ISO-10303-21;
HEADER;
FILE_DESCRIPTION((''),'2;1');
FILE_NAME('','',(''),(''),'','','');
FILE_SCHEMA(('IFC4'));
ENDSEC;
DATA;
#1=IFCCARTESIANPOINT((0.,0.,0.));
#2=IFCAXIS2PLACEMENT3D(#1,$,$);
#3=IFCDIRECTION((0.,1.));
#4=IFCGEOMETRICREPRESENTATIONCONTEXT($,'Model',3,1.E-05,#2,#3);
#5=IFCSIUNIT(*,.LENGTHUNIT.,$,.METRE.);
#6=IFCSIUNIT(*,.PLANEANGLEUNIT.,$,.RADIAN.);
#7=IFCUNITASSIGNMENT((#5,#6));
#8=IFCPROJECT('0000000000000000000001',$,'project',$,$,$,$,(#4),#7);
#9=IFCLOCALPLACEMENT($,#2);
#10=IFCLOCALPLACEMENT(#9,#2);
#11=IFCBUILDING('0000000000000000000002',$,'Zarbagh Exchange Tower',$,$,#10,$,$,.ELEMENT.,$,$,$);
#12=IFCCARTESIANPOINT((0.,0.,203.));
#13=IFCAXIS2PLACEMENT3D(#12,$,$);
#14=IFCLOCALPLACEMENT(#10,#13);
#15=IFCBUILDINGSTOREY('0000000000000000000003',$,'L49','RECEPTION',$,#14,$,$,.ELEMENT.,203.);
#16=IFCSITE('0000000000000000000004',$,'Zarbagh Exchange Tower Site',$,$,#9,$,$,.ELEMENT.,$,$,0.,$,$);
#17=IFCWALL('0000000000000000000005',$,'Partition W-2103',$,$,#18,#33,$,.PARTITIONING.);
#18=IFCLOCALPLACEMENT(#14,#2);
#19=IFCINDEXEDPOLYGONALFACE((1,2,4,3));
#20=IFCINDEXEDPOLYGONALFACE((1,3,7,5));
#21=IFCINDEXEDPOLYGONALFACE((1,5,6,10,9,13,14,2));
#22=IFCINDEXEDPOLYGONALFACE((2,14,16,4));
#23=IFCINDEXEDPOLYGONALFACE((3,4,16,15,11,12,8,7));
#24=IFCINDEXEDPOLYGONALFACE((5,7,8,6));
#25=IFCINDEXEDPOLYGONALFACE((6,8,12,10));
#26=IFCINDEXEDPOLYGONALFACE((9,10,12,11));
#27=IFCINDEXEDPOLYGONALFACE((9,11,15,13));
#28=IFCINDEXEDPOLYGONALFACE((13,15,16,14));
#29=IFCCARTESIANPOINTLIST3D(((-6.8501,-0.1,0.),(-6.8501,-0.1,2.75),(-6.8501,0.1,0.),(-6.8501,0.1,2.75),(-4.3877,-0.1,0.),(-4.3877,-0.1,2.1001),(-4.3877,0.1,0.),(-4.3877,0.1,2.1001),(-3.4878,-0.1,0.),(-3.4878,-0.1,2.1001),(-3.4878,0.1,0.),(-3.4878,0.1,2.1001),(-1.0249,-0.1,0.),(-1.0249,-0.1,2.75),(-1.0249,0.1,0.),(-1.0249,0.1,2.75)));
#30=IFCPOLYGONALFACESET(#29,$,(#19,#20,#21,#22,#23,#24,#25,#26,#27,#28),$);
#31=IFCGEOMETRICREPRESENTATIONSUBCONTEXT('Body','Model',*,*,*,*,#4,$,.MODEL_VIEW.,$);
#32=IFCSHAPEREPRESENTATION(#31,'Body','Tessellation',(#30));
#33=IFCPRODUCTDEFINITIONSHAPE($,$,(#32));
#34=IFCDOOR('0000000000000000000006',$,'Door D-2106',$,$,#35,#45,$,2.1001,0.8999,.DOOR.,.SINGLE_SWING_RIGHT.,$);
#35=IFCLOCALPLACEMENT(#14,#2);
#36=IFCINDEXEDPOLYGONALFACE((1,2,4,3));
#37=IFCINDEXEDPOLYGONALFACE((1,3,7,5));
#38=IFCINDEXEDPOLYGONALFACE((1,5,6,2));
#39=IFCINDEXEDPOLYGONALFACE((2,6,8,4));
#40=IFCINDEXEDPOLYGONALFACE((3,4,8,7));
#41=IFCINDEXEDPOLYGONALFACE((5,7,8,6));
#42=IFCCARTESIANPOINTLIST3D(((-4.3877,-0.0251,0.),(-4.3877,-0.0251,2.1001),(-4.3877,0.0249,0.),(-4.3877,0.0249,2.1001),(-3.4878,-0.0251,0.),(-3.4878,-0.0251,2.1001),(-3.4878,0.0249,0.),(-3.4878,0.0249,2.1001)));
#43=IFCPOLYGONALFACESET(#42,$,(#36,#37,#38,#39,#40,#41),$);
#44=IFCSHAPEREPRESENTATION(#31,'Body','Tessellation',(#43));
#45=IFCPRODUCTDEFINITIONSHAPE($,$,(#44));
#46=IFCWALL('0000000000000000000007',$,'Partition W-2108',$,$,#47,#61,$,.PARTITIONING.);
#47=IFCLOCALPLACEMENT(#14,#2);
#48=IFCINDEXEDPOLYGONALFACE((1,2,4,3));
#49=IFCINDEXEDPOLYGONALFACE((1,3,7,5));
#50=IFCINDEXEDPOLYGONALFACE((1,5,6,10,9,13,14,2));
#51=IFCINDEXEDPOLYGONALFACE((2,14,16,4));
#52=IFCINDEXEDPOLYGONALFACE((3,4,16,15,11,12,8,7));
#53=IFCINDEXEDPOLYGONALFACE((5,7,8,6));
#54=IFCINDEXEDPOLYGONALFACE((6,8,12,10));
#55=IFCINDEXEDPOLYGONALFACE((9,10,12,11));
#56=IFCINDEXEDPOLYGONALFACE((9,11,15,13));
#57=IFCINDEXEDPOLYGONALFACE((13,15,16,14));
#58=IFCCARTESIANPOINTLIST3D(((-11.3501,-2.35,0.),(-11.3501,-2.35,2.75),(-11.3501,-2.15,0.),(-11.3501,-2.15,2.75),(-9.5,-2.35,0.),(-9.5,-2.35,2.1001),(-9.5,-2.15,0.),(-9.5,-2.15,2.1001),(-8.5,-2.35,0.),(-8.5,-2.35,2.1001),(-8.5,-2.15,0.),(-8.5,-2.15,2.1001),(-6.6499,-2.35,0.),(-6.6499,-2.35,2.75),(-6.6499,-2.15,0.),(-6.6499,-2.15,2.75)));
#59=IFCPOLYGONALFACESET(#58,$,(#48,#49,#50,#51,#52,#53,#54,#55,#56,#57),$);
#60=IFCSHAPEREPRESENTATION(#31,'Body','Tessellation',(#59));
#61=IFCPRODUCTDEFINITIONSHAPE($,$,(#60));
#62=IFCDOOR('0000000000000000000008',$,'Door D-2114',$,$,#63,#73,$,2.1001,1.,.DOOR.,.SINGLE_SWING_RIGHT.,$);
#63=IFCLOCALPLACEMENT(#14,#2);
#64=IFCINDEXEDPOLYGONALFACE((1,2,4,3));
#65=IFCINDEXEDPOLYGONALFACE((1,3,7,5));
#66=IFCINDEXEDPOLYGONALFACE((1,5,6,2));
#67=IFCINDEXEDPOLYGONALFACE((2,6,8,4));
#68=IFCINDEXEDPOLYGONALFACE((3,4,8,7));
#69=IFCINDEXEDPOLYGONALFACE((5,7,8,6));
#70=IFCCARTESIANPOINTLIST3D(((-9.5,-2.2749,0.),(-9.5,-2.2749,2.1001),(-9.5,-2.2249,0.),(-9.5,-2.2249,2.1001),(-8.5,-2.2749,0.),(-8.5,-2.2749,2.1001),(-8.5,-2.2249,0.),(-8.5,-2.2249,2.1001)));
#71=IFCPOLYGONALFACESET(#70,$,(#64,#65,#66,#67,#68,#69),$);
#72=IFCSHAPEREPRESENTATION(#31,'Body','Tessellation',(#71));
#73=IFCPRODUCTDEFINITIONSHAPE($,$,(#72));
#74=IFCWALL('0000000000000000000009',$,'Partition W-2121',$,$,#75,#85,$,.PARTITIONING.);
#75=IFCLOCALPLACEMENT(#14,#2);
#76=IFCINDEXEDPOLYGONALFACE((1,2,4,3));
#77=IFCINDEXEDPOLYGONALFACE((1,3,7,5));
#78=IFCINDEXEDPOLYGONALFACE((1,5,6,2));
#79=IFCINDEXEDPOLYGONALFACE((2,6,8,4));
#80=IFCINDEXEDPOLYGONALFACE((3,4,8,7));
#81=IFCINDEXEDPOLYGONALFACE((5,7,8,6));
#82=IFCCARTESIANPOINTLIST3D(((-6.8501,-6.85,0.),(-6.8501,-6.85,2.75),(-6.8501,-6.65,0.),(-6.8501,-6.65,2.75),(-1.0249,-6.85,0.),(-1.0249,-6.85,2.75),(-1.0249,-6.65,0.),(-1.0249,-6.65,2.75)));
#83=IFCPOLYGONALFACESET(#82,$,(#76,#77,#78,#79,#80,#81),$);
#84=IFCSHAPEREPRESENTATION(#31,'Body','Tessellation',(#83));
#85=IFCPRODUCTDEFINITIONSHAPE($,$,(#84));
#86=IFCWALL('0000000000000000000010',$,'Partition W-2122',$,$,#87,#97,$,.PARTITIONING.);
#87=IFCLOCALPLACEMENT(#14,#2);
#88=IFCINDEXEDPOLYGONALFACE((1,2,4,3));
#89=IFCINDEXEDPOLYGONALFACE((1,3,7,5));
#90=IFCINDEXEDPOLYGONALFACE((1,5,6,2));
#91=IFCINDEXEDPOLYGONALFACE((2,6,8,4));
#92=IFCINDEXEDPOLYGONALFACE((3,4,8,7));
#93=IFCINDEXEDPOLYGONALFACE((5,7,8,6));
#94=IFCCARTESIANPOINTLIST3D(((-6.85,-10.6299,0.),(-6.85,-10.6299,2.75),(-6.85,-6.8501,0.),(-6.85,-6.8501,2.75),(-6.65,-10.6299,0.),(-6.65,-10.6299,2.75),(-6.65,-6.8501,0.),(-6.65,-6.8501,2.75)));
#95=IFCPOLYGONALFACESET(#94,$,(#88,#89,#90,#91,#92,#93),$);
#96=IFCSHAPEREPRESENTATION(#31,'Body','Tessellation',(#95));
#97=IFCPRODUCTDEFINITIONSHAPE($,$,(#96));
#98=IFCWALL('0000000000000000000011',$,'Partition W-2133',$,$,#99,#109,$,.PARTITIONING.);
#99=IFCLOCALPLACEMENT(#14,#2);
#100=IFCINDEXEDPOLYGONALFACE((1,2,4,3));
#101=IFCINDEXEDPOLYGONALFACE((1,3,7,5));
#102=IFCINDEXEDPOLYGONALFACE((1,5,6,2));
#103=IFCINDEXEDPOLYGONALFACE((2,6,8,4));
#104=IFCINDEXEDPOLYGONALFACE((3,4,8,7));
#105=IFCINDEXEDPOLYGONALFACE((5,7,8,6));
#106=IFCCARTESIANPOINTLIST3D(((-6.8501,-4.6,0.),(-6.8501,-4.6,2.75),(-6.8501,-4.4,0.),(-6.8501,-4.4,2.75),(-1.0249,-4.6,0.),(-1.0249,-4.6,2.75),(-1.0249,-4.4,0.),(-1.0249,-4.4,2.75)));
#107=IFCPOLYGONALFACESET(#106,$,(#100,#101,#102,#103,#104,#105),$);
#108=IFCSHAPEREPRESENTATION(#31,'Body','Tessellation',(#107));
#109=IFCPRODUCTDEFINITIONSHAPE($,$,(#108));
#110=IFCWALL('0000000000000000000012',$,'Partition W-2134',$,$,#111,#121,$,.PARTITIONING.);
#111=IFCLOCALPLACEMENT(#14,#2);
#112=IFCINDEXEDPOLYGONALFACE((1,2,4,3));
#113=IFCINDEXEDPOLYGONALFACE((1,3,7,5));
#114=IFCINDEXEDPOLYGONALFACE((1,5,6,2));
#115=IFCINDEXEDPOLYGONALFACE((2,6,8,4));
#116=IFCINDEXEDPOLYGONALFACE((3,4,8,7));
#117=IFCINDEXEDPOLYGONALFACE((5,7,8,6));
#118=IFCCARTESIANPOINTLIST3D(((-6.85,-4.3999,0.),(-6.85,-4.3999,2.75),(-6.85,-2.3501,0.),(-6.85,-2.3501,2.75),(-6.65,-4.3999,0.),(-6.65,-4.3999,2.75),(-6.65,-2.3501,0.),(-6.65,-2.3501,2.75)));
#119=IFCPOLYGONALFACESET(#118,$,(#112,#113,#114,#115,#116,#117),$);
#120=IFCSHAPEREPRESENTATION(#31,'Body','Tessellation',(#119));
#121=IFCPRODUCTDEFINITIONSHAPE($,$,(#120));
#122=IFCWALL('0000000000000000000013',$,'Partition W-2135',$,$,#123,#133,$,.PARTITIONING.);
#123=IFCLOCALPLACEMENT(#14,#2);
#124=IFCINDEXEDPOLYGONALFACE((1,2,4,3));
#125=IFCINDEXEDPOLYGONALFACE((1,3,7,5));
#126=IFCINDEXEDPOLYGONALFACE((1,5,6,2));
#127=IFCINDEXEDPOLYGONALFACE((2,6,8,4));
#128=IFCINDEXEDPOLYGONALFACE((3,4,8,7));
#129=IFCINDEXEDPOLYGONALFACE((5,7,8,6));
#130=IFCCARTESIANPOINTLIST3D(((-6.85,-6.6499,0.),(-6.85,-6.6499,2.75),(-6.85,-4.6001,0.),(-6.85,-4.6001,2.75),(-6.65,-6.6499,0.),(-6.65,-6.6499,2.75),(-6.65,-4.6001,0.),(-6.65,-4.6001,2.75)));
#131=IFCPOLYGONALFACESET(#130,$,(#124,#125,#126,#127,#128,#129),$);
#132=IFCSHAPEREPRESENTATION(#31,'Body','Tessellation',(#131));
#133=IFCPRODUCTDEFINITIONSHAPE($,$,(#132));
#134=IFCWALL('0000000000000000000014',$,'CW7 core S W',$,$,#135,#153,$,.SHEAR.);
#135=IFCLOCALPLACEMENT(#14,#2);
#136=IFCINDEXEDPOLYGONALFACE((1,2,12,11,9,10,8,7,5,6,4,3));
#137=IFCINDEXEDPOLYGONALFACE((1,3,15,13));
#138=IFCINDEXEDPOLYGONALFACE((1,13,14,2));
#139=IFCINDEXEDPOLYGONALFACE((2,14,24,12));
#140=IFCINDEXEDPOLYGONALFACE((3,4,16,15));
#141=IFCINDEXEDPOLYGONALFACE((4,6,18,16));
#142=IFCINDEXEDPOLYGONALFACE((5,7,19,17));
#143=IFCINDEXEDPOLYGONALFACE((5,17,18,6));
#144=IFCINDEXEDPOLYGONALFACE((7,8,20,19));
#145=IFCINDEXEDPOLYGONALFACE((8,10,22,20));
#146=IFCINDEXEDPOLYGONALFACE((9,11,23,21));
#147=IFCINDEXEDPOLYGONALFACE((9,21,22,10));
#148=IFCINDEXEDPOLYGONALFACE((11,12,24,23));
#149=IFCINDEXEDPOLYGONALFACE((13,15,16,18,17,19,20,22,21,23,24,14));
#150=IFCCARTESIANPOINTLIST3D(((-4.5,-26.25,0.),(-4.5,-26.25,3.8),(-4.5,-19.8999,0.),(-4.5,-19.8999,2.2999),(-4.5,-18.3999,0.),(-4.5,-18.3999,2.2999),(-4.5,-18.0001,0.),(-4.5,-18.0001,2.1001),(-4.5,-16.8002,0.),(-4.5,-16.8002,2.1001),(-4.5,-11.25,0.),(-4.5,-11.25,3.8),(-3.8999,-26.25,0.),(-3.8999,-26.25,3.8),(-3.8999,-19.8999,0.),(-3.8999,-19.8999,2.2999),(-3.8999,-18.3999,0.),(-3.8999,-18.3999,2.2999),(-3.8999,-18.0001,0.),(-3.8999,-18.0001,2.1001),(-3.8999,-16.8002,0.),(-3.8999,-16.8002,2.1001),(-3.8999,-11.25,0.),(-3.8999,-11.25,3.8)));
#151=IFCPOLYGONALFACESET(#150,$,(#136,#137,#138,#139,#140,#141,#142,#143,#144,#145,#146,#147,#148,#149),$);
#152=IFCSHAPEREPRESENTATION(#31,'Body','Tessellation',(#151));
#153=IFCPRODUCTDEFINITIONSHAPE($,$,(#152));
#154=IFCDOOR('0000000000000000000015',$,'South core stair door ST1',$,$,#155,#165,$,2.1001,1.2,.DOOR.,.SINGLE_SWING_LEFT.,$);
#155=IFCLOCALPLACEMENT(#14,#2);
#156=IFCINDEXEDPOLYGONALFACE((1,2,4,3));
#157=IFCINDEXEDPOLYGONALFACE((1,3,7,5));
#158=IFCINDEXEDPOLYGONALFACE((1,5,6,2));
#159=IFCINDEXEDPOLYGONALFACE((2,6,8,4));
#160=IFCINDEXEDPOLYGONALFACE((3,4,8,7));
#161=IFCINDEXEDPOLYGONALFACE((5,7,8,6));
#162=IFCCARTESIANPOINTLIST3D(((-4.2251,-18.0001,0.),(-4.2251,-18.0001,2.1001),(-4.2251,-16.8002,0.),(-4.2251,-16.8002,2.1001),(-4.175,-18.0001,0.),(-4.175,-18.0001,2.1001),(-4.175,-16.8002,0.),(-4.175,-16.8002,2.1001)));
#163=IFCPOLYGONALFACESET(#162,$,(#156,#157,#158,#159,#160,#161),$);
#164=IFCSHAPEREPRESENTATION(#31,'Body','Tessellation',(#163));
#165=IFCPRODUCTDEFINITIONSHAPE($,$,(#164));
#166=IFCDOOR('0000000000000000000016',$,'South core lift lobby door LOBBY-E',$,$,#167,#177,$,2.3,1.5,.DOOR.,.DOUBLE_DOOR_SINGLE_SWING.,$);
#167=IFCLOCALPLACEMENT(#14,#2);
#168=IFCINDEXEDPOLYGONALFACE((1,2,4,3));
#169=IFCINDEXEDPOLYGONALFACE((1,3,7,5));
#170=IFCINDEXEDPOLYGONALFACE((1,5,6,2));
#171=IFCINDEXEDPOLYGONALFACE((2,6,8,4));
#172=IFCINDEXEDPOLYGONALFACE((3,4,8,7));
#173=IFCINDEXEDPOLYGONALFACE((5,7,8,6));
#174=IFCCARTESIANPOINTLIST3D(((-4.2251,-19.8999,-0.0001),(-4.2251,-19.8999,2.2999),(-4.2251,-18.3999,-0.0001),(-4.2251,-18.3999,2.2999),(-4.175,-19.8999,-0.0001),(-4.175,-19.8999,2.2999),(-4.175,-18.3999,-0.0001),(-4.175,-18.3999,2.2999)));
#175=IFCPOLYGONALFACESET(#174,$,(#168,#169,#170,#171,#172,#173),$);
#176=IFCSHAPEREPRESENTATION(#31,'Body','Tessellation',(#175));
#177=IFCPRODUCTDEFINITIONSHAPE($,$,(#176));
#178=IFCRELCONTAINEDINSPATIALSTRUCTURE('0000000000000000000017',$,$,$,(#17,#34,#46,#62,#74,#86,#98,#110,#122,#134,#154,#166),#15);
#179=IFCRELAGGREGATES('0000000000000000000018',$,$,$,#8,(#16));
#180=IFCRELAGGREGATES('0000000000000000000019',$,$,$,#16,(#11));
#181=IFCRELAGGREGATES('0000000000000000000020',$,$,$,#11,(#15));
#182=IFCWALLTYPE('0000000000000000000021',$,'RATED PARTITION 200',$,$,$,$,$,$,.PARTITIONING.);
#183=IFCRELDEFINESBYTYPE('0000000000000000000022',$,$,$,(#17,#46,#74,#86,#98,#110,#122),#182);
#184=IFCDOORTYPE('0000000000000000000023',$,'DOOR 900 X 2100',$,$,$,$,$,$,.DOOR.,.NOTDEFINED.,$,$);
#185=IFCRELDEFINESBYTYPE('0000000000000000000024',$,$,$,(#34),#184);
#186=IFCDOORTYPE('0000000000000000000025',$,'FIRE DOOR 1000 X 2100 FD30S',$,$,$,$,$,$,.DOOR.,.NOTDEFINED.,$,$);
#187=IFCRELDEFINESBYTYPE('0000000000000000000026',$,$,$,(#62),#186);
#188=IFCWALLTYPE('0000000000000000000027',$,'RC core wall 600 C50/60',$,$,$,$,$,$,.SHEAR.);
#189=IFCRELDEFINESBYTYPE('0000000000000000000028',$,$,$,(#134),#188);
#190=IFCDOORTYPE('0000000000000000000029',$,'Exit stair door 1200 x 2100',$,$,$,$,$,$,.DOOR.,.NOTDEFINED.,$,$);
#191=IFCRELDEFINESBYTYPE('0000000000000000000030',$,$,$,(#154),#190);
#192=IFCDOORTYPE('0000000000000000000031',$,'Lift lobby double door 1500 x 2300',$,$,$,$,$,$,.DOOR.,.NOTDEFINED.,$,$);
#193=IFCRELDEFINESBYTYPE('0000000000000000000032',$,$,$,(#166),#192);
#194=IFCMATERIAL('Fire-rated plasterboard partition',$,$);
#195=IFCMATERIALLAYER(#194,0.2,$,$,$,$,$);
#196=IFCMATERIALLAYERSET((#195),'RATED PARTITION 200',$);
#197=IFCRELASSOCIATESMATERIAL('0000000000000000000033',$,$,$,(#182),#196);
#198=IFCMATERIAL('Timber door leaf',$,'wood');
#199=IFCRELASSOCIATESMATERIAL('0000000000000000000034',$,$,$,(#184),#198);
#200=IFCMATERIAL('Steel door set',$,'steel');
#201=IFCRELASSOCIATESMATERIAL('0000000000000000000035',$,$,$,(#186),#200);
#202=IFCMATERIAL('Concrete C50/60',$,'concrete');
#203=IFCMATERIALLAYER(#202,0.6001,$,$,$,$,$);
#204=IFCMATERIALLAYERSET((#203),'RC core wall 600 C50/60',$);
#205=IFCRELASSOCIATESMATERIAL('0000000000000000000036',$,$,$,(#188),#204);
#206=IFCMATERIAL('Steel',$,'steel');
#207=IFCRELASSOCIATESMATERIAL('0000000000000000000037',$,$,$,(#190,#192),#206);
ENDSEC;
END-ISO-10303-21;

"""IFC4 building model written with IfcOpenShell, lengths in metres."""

from ifc_helpers import new_model, si_unit, direction, frame, frame_2d, origin, place, context, subcontext, project, spatial, rectangle, extrude, material, layer, layer_set, type_object, element, fill, save


model = new_model("IFC4")

# Units and contexts
model_context = context("Model", 3, precision=1e-05, world=origin(), true_north=direction((0.0, 1.0)))
body_context = subcontext(model_context, "Body", "Model", "MODEL_VIEW")
ifc_project = project(units=[si_unit("LENGTHUNIT", "METRE"), si_unit("PLANEANGLEUNIT", "RADIAN")], contexts=[model_context])

# Site, building, storey
site_placement = place(None, origin())
site = spatial("IfcSite", under=ifc_project, at=site_placement, Name="Zarbagh Exchange Tower Site", CompositionType="ELEMENT", RefElevation=0.0)
building_placement = place(site_placement, origin())
building = spatial("IfcBuilding", under=site, at=building_placement, Name="Zarbagh Exchange Tower", CompositionType="ELEMENT")
storey_placement = place(building_placement, frame((0.0, 0.0, 203.0)))
storey = spatial("IfcBuildingStorey", under=building, at=storey_placement, Name="L49", Description="RECEPTION", CompositionType="ELEMENT", Elevation=203.0)

# Shared definitions
ifc_material_1 = material(Name="Concrete C50/60", Category="concrete")

# Walls, openings, doors
ifc_material_2 = material(Name="Fire-rated plasterboard partition")
ifc_layer_1 = layer(ifc_material_2, 0.2)
ifc_layer_set_1 = layer_set([ifc_layer_1], Name="RATED PARTITION 200")
wall_type_1 = type_object("IfcWallType", Name="RATED PARTITION 200", PredefinedType="PARTITIONING", material=ifc_layer_set_1)
wall_1_placement = place(storey_placement, frame((-6.8501, 0.0, 0.0), z_axis=(0.0, 0.0, 1.0), x_axis=(1.0, 0.0, 0.0)))
wall_1 = element("IfcWall", 1, at=wall_1_placement, inside=storey, type_object=wall_type_1, Name="Partition W-2103", PredefinedType="PARTITIONING", context=body_context, shape_type="SweptSolid", body=[
    extrude(rectangle(XDim=5.8252, YDim=0.2, at=frame_2d((2.9126, 0.0))), origin(), (0.0, 0.0, 1.0), 2.75),
])
opening_1_placement = place(wall_1_placement, frame((2.4624, 0.0, 0.0)))
opening_1 = element("IfcOpeningElement", 2, at=opening_1_placement, cuts=wall_1, PredefinedType="OPENING", context=body_context, shape_type="SweptSolid", body=[
    extrude(rectangle(XDim=0.8999, YDim=2.1001, at=frame_2d((0.45, 1.05))), frame((0.0, 0.1099, 0.0), z_axis=(0.0, -1.0, 0.0), x_axis=(1.0, 0.0, 0.0)), (0.0, 0.0, 1.0), 0.22),
])
ifc_material_3 = material(Name="Timber door leaf", Category="wood")
door_type_1 = type_object("IfcDoorType", Name="DOOR 900 X 2100", OperationType="NOTDEFINED", PredefinedType="DOOR", material=ifc_material_3)
door_1_placement = place(opening_1_placement, origin())
door_1 = element("IfcDoor", 3, at=door_1_placement, inside=storey, type_object=door_type_1, Name="Door D-2106", OperationType="SINGLE_SWING_RIGHT", OverallHeight=2.1001, OverallWidth=0.8999, PredefinedType="DOOR", context=body_context, shape_type="SweptSolid", body=[
    extrude(rectangle(XDim=0.8999, YDim=2.1001, at=frame_2d((0.45, 1.05))), frame((0.0, 0.0249, 0.0), z_axis=(0.0, -1.0, 0.0), x_axis=(1.0, 0.0, 0.0)), (0.0, 0.0, 1.0), 0.05),
])
fill(opening_1, door_1)
wall_2_placement = place(storey_placement, frame((-6.6499, -2.25, 0.0), z_axis=(0.0, 0.0, 1.0), x_axis=(-1.0, 0.0, 0.0)))
wall_2 = element("IfcWall", 4, at=wall_2_placement, inside=storey, type_object=wall_type_1, Name="Partition W-2108", PredefinedType="PARTITIONING", context=body_context, shape_type="SweptSolid", body=[
    extrude(rectangle(XDim=4.7002, YDim=0.2, at=frame_2d((2.3501, 0.0))), origin(), (0.0, 0.0, 1.0), 2.75),
])
opening_2_placement = place(wall_2_placement, frame((1.8501, 0.0, 0.0)))
opening_2 = element("IfcOpeningElement", 5, at=opening_2_placement, cuts=wall_2, PredefinedType="OPENING", context=body_context, shape_type="SweptSolid", body=[
    extrude(rectangle(XDim=1.0, YDim=2.1001, at=frame_2d((0.5, 1.05))), frame((0.0, 0.1099, 0.0), z_axis=(0.0, -1.0, 0.0), x_axis=(1.0, 0.0, 0.0)), (0.0, 0.0, 1.0), 0.22),
])
ifc_material_4 = material(Name="Steel door set", Category="steel")
door_type_2 = type_object("IfcDoorType", Name="FIRE DOOR 1000 X 2100 FD30S", OperationType="NOTDEFINED", PredefinedType="DOOR", material=ifc_material_4)
door_2_placement = place(opening_2_placement, origin())
door_2 = element("IfcDoor", 6, at=door_2_placement, inside=storey, type_object=door_type_2, Name="Door D-2114", OperationType="SINGLE_SWING_RIGHT", OverallHeight=2.1001, OverallWidth=1.0, PredefinedType="DOOR", context=body_context, shape_type="SweptSolid", body=[
    extrude(rectangle(XDim=1.0, YDim=2.1001, at=frame_2d((0.5, 1.05))), frame((0.0, 0.0249, 0.0), z_axis=(0.0, -1.0, 0.0), x_axis=(1.0, 0.0, 0.0)), (0.0, 0.0, 1.0), 0.05),
])
fill(opening_2, door_2)

# Walls
wall_3_placement = place(storey_placement, frame((-6.8501, -6.75, 0.0), z_axis=(0.0, 0.0, 1.0), x_axis=(1.0, 0.0, 0.0)))
element("IfcWall", 7, at=wall_3_placement, inside=storey, type_object=wall_type_1, Name="Partition W-2121", PredefinedType="PARTITIONING", context=body_context, shape_type="SweptSolid", body=[
    extrude(rectangle(XDim=5.8252, YDim=0.2, at=frame_2d((2.9126, 0.0))), origin(), (0.0, 0.0, 1.0), 2.75),
])
wall_4_placement = place(storey_placement, frame((-6.75, -10.6299, 0.0), z_axis=(0.0, 0.0, 1.0), x_axis=(0.0, 1.0, 0.0)))
element("IfcWall", 8, at=wall_4_placement, inside=storey, type_object=wall_type_1, Name="Partition W-2122", PredefinedType="PARTITIONING", context=body_context, shape_type="SweptSolid", body=[
    extrude(rectangle(XDim=3.7798, YDim=0.2, at=frame_2d((1.8899, 0.0))), origin(), (0.0, 0.0, 1.0), 2.75),
])
wall_5_placement = place(storey_placement, frame((-6.8501, -4.5, 0.0), z_axis=(0.0, 0.0, 1.0), x_axis=(1.0, 0.0, 0.0)))
element("IfcWall", 9, at=wall_5_placement, inside=storey, type_object=wall_type_1, Name="Partition W-2133", PredefinedType="PARTITIONING", context=body_context, shape_type="SweptSolid", body=[
    extrude(rectangle(XDim=5.8252, YDim=0.2, at=frame_2d((2.9126, 0.0))), origin(), (0.0, 0.0, 1.0), 2.75),
])
for number, where, z_axis, x_axis, name in (
    (10, (-6.75, -4.3999, 0.0), (0.0, 0.0, 1.0), (0.0, 1.0, 0.0), "Partition W-2134"),
    (11, (-6.75, -6.6499, 0.0), (0.0, 0.0, 1.0), (0.0, 1.0, 0.0), "Partition W-2135"),
):
    element("IfcWall", number, at=place(storey_placement, frame(where, z_axis=z_axis, x_axis=x_axis)), inside=storey, type_object=wall_type_1, Name=name, PredefinedType="PARTITIONING", context=body_context, shape_type="SweptSolid", body=[
        extrude(rectangle(XDim=2.0498, YDim=0.2, at=frame_2d((1.0249, 0.0))), origin(), (0.0, 0.0, 1.0), 2.75),
    ])

# Wall, openings, doors
ifc_layer_2 = layer(ifc_material_1, 0.6001)
ifc_layer_set_2 = layer_set([ifc_layer_2], Name="RC core wall 600 C50/60")
wall_type_2 = type_object("IfcWallType", Name="RC core wall 600 C50/60", PredefinedType="SHEAR", material=ifc_layer_set_2)
wall_6_placement = place(storey_placement, frame((-4.2, -11.25, 0.0), z_axis=(0.0, 0.0, 1.0), x_axis=(0.0, -1.0, 0.0)))
wall_6 = element("IfcWall", 12, at=wall_6_placement, inside=storey, type_object=wall_type_2, Name="CW7 core S W", PredefinedType="SHEAR", context=body_context, shape_type="SweptSolid", body=[
    extrude(rectangle(XDim=15.0, YDim=0.6001, at=frame_2d((7.5, 0.0))), origin(), (0.0, 0.0, 1.0), 3.8),
])
opening_3_placement = place(wall_6_placement, frame((7.1499, 0.0, 0.0)))
opening_3 = element("IfcOpeningElement", 13, at=opening_3_placement, cuts=wall_6, PredefinedType="OPENING", context=body_context, shape_type="SweptSolid", body=[
    extrude(rectangle(XDim=1.5, YDim=2.3, at=frame_2d((0.75, 1.1499))), frame((0.0, 0.3101, 0.0), z_axis=(0.0, -1.0, 0.0), x_axis=(1.0, 0.0, 0.0)), (0.0, 0.0, 1.0), 0.6201),
])
opening_4_placement = place(wall_6_placement, frame((5.55, 0.0, 0.0)))
opening_4 = element("IfcOpeningElement", 14, at=opening_4_placement, cuts=wall_6, PredefinedType="OPENING", context=body_context, shape_type="SweptSolid", body=[
    extrude(rectangle(XDim=1.2, YDim=2.1001, at=frame_2d((0.6001, 1.05))), frame((0.0, 0.3101, 0.0), z_axis=(0.0, -1.0, 0.0), x_axis=(1.0, 0.0, 0.0)), (0.0, 0.0, 1.0), 0.6201),
])
ifc_material_5 = material(Name="Steel", Category="steel")
door_type_3 = type_object("IfcDoorType", Name="Exit stair door 1200 x 2100", OperationType="NOTDEFINED", PredefinedType="DOOR", material=ifc_material_5)
door_3_placement = place(opening_4_placement, origin())
door_3 = element("IfcDoor", 15, at=door_3_placement, inside=storey, type_object=door_type_3, Name="South core stair door ST1", OperationType="SINGLE_SWING_LEFT", OverallHeight=2.1001, OverallWidth=1.2, PredefinedType="DOOR", context=body_context, shape_type="SweptSolid", body=[
    extrude(rectangle(XDim=1.2, YDim=2.1001, at=frame_2d((0.6001, 1.05))), frame((0.0, 0.0249, 0.0), z_axis=(0.0, -1.0, 0.0), x_axis=(1.0, 0.0, 0.0)), (0.0, 0.0, 1.0), 0.05),
])
fill(opening_4, door_3)
door_type_4 = type_object("IfcDoorType", Name="Lift lobby double door 1500 x 2300", OperationType="NOTDEFINED", PredefinedType="DOOR", material=ifc_material_5)
door_4_placement = place(opening_3_placement, origin())
door_4 = element("IfcDoor", 16, at=door_4_placement, inside=storey, type_object=door_type_4, Name="South core lift lobby door LOBBY-E", OperationType="DOUBLE_DOOR_SINGLE_SWING", OverallHeight=2.3, OverallWidth=1.5, PredefinedType="DOOR", context=body_context, shape_type="SweptSolid", body=[
    extrude(rectangle(XDim=1.5, YDim=2.3, at=frame_2d((0.75, 1.1499))), frame((0.0, 0.0249, 0.0), z_axis=(0.0, -1.0, 0.0), x_axis=(1.0, 0.0, 0.0)), (0.0, 0.0, 1.0), 0.05),
])
fill(opening_3, door_4)

save(model, "model.ifc")
